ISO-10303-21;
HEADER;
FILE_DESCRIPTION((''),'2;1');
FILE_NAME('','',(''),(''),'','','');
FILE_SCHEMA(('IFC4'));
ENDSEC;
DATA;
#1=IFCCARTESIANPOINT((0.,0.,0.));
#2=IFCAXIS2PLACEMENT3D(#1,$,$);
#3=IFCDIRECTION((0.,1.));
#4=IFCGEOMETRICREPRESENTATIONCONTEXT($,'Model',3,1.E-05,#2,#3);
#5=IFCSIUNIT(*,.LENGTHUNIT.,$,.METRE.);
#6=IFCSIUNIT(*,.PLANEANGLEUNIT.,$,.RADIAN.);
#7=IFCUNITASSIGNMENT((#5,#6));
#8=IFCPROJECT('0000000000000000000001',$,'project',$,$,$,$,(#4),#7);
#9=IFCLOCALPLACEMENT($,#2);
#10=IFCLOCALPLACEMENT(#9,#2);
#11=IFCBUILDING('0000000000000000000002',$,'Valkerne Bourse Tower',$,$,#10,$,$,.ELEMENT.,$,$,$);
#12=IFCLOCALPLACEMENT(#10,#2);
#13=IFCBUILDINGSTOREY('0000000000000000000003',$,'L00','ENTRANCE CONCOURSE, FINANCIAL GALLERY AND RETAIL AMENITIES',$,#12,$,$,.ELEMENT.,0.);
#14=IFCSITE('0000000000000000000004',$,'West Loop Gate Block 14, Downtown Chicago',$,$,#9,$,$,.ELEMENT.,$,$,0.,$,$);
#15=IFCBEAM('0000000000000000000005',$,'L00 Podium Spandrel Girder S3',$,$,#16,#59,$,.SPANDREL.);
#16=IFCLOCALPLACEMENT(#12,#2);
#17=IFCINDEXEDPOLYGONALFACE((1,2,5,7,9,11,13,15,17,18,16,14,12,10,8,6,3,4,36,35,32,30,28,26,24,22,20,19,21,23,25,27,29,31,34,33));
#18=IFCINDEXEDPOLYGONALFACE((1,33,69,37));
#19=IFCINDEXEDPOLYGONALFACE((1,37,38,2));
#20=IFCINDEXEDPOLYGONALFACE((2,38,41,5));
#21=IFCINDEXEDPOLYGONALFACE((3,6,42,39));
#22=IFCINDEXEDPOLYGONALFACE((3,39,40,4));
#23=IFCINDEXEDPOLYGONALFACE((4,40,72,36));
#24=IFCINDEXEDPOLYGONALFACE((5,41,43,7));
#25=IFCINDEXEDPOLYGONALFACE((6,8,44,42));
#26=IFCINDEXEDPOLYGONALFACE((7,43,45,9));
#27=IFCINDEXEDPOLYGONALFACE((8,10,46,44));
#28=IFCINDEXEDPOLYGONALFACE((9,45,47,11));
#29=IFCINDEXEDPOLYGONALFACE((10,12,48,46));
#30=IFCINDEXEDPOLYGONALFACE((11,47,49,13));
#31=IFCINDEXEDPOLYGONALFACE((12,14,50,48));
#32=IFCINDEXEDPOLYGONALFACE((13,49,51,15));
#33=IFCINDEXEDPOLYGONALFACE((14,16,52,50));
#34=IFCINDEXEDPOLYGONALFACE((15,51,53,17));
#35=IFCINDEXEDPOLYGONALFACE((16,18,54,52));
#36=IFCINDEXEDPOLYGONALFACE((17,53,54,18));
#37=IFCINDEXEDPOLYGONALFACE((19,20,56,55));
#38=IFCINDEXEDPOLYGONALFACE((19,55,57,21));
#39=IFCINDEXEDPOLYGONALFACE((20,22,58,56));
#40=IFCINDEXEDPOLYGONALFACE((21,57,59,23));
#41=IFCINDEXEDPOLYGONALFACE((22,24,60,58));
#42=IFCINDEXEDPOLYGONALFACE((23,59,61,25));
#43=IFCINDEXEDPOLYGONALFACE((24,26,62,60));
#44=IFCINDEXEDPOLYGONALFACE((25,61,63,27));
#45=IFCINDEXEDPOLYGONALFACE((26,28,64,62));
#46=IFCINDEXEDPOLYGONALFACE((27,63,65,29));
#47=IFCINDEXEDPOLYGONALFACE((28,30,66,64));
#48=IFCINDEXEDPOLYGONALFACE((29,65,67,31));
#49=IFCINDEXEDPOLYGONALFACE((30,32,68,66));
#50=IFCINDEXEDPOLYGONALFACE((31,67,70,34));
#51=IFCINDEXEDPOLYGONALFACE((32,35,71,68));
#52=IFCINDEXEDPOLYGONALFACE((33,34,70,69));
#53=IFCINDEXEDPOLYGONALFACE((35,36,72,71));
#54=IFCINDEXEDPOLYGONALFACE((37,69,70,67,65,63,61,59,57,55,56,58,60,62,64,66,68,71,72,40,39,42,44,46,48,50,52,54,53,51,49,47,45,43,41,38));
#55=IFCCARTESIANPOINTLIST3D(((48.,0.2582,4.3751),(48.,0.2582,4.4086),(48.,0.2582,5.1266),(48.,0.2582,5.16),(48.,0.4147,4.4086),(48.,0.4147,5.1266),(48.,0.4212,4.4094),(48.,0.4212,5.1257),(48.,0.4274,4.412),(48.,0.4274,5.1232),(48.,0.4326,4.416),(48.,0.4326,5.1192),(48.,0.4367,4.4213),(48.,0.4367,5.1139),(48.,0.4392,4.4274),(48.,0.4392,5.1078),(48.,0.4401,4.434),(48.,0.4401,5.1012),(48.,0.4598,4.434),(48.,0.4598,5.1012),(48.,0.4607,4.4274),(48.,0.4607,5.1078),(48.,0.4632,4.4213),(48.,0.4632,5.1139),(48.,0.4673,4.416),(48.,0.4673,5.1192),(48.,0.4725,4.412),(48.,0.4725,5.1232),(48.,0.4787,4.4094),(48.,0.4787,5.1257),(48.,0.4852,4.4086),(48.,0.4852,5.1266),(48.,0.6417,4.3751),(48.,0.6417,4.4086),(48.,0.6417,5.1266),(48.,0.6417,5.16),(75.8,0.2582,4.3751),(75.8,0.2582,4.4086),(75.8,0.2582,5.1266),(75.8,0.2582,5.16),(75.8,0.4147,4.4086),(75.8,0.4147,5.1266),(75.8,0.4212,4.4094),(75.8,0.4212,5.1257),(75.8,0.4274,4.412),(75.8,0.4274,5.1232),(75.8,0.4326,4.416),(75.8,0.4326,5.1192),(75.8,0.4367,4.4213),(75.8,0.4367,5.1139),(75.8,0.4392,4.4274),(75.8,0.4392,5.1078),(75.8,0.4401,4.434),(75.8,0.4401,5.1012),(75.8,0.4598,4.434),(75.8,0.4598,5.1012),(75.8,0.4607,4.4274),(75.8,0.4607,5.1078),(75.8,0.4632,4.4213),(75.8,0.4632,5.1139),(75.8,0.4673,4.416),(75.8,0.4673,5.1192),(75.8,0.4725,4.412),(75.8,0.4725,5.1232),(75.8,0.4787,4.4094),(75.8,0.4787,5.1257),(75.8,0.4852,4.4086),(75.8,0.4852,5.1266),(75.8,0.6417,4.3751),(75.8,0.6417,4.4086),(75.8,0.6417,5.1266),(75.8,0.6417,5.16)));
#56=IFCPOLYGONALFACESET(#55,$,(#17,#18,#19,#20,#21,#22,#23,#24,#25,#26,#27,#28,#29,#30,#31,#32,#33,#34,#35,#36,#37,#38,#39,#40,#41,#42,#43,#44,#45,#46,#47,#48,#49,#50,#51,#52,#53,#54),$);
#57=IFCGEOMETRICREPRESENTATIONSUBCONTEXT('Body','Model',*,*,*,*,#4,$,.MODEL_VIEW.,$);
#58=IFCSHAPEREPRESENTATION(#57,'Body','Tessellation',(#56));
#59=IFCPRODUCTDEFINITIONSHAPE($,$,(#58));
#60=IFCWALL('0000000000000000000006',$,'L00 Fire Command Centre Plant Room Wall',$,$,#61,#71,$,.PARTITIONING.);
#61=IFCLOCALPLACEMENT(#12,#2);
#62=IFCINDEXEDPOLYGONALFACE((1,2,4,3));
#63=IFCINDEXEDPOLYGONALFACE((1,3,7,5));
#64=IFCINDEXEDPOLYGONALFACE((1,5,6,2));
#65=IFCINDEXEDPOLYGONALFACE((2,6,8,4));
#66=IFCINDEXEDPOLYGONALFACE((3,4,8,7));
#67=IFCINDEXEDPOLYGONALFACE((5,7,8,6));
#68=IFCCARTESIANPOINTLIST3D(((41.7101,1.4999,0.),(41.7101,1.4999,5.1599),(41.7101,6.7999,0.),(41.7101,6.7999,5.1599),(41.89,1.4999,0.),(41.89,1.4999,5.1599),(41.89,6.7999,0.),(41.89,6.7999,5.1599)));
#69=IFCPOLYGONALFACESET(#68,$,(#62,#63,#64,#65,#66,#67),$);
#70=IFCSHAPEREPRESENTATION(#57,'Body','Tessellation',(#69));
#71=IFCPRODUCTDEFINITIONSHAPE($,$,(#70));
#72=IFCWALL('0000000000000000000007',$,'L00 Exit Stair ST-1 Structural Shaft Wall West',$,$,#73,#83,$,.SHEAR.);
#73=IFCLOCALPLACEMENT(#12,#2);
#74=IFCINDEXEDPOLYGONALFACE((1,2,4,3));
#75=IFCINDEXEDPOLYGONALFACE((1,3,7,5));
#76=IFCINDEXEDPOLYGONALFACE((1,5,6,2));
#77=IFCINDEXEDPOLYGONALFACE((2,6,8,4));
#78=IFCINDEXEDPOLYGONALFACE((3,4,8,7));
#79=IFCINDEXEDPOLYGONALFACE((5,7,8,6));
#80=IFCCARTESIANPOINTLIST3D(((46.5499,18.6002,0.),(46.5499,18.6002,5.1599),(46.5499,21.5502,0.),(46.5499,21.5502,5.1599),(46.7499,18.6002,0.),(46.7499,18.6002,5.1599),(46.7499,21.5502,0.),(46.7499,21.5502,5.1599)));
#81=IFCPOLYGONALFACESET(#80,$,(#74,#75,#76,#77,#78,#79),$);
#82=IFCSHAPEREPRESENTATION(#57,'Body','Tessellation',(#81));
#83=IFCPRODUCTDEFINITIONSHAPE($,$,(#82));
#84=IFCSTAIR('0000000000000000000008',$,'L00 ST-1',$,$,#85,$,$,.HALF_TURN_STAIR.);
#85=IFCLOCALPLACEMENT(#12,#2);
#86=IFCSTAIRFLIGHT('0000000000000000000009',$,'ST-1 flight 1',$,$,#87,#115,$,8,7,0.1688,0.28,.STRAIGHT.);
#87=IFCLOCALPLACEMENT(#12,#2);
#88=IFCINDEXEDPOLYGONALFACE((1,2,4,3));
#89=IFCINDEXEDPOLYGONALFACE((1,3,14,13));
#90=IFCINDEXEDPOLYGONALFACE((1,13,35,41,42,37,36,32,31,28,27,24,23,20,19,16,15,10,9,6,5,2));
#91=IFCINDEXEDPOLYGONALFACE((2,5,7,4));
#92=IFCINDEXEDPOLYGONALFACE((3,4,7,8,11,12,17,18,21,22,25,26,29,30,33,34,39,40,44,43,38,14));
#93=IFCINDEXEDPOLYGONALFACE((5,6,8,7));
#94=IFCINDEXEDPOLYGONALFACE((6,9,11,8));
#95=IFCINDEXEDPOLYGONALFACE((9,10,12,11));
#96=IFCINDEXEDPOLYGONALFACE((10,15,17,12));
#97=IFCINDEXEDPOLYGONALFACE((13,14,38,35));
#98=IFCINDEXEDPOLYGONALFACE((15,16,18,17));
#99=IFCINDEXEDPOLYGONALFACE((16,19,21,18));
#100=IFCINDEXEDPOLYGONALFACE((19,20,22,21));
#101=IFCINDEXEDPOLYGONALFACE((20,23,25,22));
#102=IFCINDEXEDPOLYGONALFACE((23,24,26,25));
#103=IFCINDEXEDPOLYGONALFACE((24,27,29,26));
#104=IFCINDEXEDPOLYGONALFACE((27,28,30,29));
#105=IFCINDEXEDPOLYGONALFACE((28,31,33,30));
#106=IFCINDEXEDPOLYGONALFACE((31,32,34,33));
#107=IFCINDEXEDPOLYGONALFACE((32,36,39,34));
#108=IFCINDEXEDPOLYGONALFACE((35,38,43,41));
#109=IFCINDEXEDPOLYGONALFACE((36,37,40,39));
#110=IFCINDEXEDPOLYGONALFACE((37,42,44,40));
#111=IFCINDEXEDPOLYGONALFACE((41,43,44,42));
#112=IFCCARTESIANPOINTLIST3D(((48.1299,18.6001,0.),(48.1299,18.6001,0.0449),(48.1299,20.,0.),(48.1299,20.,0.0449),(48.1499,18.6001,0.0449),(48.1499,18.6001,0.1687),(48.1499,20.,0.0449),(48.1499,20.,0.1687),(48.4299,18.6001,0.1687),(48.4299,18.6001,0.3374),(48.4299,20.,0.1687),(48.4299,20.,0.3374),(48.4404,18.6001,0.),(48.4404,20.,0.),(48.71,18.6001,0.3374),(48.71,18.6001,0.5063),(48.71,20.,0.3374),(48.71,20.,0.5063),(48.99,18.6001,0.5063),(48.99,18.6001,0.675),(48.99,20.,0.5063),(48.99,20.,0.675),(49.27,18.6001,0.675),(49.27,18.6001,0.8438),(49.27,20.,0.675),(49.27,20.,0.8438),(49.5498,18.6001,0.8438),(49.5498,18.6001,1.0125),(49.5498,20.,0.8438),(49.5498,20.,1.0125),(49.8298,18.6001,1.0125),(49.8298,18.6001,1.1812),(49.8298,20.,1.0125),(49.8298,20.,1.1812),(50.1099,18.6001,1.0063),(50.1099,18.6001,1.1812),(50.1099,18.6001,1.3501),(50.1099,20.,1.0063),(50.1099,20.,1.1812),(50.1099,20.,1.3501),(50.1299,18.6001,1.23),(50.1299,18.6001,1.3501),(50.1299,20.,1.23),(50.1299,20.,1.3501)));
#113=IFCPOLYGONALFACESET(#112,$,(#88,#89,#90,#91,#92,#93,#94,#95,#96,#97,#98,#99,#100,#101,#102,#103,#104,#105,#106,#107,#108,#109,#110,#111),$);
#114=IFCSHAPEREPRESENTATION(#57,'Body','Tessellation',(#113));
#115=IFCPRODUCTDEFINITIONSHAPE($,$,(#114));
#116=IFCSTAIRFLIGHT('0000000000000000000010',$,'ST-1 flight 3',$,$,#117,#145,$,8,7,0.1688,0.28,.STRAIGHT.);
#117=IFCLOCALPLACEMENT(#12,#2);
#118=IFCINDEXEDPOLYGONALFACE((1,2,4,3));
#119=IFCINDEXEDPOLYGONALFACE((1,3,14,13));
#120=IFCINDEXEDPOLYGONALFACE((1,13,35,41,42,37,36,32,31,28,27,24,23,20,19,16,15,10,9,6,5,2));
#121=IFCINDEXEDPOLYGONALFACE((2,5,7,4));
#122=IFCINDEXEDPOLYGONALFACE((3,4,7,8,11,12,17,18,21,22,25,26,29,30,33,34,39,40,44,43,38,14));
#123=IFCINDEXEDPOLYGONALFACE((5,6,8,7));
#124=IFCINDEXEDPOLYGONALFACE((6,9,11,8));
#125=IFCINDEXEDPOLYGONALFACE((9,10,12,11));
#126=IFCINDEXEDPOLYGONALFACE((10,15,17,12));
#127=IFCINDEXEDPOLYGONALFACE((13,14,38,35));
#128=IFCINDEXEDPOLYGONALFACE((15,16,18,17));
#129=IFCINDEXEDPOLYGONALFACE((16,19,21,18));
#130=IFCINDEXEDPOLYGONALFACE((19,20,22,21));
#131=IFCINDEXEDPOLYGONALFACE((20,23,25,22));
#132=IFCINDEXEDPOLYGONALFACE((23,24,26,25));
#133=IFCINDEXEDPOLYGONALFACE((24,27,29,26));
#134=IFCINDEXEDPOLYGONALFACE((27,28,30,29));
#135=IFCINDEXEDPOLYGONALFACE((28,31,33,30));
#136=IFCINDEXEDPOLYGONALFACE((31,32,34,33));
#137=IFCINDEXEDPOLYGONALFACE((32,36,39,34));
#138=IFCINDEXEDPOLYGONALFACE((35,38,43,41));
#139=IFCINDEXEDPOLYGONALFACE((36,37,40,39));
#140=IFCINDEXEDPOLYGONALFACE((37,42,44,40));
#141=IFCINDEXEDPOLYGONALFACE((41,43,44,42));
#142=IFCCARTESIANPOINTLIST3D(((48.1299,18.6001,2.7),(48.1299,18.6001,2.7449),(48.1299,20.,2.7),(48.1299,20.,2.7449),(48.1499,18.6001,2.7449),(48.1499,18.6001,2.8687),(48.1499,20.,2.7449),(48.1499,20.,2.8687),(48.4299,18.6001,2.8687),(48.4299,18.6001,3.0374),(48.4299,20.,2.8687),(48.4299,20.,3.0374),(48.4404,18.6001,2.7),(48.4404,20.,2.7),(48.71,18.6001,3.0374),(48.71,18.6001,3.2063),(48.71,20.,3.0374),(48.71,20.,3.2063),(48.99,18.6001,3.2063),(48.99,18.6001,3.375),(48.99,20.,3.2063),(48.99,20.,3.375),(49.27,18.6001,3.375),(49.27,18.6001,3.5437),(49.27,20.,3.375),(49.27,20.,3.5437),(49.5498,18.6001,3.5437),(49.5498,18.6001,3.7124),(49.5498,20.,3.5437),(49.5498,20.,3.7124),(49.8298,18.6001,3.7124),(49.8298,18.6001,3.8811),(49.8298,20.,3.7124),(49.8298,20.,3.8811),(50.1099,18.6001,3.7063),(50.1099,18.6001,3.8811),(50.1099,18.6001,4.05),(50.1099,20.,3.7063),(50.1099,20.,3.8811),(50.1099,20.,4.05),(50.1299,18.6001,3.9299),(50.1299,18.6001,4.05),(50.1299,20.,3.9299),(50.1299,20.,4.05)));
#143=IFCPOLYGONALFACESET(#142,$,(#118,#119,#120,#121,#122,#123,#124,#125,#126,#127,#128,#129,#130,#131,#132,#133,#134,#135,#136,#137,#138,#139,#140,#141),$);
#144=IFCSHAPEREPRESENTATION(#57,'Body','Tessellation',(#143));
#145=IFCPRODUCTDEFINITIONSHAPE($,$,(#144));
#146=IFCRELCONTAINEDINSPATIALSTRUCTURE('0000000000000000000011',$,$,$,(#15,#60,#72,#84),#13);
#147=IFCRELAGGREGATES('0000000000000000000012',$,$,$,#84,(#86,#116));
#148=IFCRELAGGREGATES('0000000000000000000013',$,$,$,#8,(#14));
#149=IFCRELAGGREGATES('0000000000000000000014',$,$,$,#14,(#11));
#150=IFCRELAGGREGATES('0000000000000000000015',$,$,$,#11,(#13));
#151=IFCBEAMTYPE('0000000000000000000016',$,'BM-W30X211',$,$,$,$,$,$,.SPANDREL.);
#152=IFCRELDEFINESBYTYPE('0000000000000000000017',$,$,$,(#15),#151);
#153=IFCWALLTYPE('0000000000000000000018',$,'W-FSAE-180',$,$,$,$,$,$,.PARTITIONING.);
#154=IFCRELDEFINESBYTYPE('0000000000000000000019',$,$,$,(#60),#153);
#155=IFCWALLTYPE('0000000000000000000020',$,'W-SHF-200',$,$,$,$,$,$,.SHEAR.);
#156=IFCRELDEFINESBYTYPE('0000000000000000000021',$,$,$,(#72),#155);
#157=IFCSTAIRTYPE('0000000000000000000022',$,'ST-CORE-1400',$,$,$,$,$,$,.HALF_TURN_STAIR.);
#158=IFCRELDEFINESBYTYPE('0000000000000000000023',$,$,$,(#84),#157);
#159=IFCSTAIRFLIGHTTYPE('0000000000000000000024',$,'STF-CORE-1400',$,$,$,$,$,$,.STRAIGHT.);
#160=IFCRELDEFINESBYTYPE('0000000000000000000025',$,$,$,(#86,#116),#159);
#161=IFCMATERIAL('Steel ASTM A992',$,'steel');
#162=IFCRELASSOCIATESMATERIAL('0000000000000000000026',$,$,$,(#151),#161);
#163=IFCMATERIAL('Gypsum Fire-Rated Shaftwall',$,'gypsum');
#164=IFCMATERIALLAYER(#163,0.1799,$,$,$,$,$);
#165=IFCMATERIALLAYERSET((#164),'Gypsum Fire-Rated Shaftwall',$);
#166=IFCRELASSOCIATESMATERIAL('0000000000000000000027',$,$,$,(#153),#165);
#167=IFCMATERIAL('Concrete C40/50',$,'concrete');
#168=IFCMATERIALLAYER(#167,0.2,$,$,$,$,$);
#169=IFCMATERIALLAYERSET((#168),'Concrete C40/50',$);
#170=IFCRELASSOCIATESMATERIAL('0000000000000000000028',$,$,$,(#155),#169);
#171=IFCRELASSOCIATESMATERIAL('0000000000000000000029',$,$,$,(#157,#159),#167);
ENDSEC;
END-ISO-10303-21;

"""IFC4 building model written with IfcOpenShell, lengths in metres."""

from ifc_helpers import new_model, si_unit, direction, frame, frame_2d, origin, origin_2d, place, context, subcontext, project, spatial, polyline, rectangle, i_section, outline, extrude, material, layer, layer_set, material_profile, profile_set, type_object, element, aggregate, save


model = new_model("IFC4")

# Units and contexts
model_context = context("Model", 3, precision=1e-05, world=origin(), true_north=direction((0.0, 1.0)))
body_context = subcontext(model_context, "Body", "Model", "MODEL_VIEW")
ifc_project = project(units=[si_unit("LENGTHUNIT", "METRE"), si_unit("PLANEANGLEUNIT", "RADIAN")], contexts=[model_context])

# Site, building, storey
site_placement = place(None, origin())
site = spatial("IfcSite", under=ifc_project, at=site_placement, Name="West Loop Gate Block 14, Downtown Chicago", CompositionType="ELEMENT", RefElevation=0.0)
building_placement = place(site_placement, origin())
building = spatial("IfcBuilding", under=site, at=building_placement, Name="Valkerne Bourse Tower", CompositionType="ELEMENT")
storey_placement = place(building_placement, origin())
storey = spatial("IfcBuildingStorey", under=building, at=storey_placement, Name="L00", Description="ENTRANCE CONCOURSE, FINANCIAL GALLERY AND RETAIL AMENITIES", CompositionType="ELEMENT", Elevation=0.0)

# Beam
ifc_material_1 = material(Name="Steel ASTM A992", Category="steel")
ifc_material_profile_1 = material_profile(ifc_material_1, i_section(OverallWidth=0.3835, OverallDepth=0.7849, WebThickness=0.0198, FlangeThickness=0.0334, FilletRadius=0.0254, at=origin_2d()), Name="W30X211")
ifc_profile_set_1 = profile_set([ifc_material_profile_1], Name="Steel ASTM A992")
beam_type = type_object("IfcBeamType", Name="BM-W30X211", PredefinedType="SPANDREL", material=ifc_profile_set_1)
beam_placement = place(storey_placement, frame((48.0, 0.45, 4.7676), z_axis=(1.0, 0.0, 0.0), x_axis=(0.0, 1.0, 0.0)))
element("IfcBeam", 1, at=beam_placement, inside=storey, type_object=beam_type, Name="L00 Podium Spandrel Girder S3", PredefinedType="SPANDREL", context=body_context, shape_type="SweptSolid", body=[
    extrude(i_section(OverallWidth=0.3835, OverallDepth=0.7849, WebThickness=0.0198, FlangeThickness=0.0334, FilletRadius=0.0254, at=origin_2d()), origin(), (0.0, 0.0, 1.0), 27.8),
])

# Wall
ifc_material_2 = material(Name="Gypsum Fire-Rated Shaftwall", Category="gypsum")
ifc_layer_1 = layer(ifc_material_2, 0.1799)
ifc_layer_set_1 = layer_set([ifc_layer_1], Name="Gypsum Fire-Rated Shaftwall")
wall_type_1 = type_object("IfcWallType", Name="W-FSAE-180", PredefinedType="PARTITIONING", material=ifc_layer_set_1)
wall_1_placement = place(storey_placement, frame((41.8, 1.5, 0.0), z_axis=(0.0, 0.0, 1.0), x_axis=(0.0, 1.0, 0.0)))
element("IfcWall", 2, at=wall_1_placement, inside=storey, type_object=wall_type_1, Name="L00 Fire Command Centre Plant Room Wall", PredefinedType="PARTITIONING", context=body_context, shape_type="SweptSolid", body=[
    extrude(rectangle(XDim=5.3, YDim=0.1799, at=frame_2d((2.6499, 0.0))), origin(), (0.0, 0.0, 1.0), 5.1599),
])

# Wall
ifc_material_3 = material(Name="Concrete C40/50", Category="concrete")
ifc_layer_2 = layer(ifc_material_3, 0.2)
ifc_layer_set_2 = layer_set([ifc_layer_2], Name="Concrete C40/50")
wall_type_2 = type_object("IfcWallType", Name="W-SHF-200", PredefinedType="SHEAR", material=ifc_layer_set_2)
wall_2_placement = place(storey_placement, frame((46.6499, 18.6001, 0.0), z_axis=(0.0, 0.0, 1.0), x_axis=(0.0, 1.0, 0.0)))
element("IfcWall", 3, at=wall_2_placement, inside=storey, type_object=wall_type_2, Name="L00 Exit Stair ST-1 Structural Shaft Wall West", PredefinedType="SHEAR", context=body_context, shape_type="SweptSolid", body=[
    extrude(rectangle(XDim=2.95, YDim=0.2, at=frame_2d((1.4751, 0.0))), origin(), (0.0, 0.0, 1.0), 5.1599),
])

# Stair, stair flights
stair_type = type_object("IfcStairType", Name="ST-CORE-1400", PredefinedType="HALF_TURN_STAIR", material=ifc_material_3)
stair_placement = place(storey_placement, origin())
stair = element("IfcStair", 4, at=stair_placement, inside=storey, type_object=stair_type, Name="L00 ST-1", PredefinedType="HALF_TURN_STAIR")
stair_flight_type = type_object("IfcStairFlightType", Name="STF-CORE-1400", PredefinedType="STRAIGHT", material=ifc_material_3)
stair_flight_1_placement = place(storey_placement, frame((48.1499, 19.3, 0.0), z_axis=(0.0, 0.0, 1.0), x_axis=(1.0, 0.0, 0.0)))
stair_flight_1 = element("IfcStairFlight", 5, at=stair_flight_1_placement, type_object=stair_flight_type, Name="ST-1 flight 1", NumberOfRisers=8, NumberOfTreads=7, PredefinedType="STRAIGHT", RiserHeight=0.1688, TreadLength=0.28, context=body_context, shape_type="SweptSolid", body=[
    extrude(outline(polyline([(-0.02, 0.0), (-0.02, 0.0449), (0.0, 0.0449), (0.0, 0.1687), (0.28, 0.1687), (0.28, 0.3374), (0.5601, 0.3374), (0.5601, 0.5063), (0.8401, 0.5063), (0.8401, 0.675), (1.1201, 0.675), (1.1201, 0.8438), (1.3999, 0.8438), (1.3999, 1.0125), (1.6799, 1.0125), (1.6799, 1.1812), (1.96, 1.1812), (1.96, 1.3501), (1.98, 1.3501), (1.98, 1.23), (1.96, 1.0063), (0.2905, 0.0), (-0.02, 0.0)])), frame((0.0, 0.7, 0.0), z_axis=(0.0, -1.0, 0.0), x_axis=(1.0, 0.0, 0.0)), (0.0, 0.0, 1.0), 1.3999),
])
stair_flight_2_placement = place(storey_placement, frame((48.1499, 19.3, 2.7), z_axis=(0.0, 0.0, 1.0), x_axis=(1.0, 0.0, 0.0)))
stair_flight_2 = element("IfcStairFlight", 6, at=stair_flight_2_placement, type_object=stair_flight_type, Name="ST-1 flight 3", NumberOfRisers=8, NumberOfTreads=7, PredefinedType="STRAIGHT", RiserHeight=0.1688, TreadLength=0.28, context=body_context, shape_type="SweptSolid", body=[
    extrude(outline(polyline([(-0.02, 0.0), (-0.02, 0.0449), (0.0, 0.0449), (0.0, 0.1687), (0.28, 0.1687), (0.28, 0.3374), (0.5601, 0.3374), (0.5601, 0.5063), (0.8401, 0.5063), (0.8401, 0.675), (1.1201, 0.675), (1.1201, 0.8438), (1.3999, 0.8438), (1.3999, 1.0125), (1.6799, 1.0125), (1.6799, 1.1812), (1.96, 1.1812), (1.96, 1.3501), (1.98, 1.3501), (1.98, 1.23), (1.96, 1.0063), (0.2905, 0.0), (-0.02, 0.0)])), frame((0.0, 0.7, 0.0), z_axis=(0.0, -1.0, 0.0), x_axis=(1.0, 0.0, 0.0)), (0.0, 0.0, 1.0), 1.3999),
])
aggregate(stair, [stair_flight_1, stair_flight_2])

save(model, "model.ifc")
